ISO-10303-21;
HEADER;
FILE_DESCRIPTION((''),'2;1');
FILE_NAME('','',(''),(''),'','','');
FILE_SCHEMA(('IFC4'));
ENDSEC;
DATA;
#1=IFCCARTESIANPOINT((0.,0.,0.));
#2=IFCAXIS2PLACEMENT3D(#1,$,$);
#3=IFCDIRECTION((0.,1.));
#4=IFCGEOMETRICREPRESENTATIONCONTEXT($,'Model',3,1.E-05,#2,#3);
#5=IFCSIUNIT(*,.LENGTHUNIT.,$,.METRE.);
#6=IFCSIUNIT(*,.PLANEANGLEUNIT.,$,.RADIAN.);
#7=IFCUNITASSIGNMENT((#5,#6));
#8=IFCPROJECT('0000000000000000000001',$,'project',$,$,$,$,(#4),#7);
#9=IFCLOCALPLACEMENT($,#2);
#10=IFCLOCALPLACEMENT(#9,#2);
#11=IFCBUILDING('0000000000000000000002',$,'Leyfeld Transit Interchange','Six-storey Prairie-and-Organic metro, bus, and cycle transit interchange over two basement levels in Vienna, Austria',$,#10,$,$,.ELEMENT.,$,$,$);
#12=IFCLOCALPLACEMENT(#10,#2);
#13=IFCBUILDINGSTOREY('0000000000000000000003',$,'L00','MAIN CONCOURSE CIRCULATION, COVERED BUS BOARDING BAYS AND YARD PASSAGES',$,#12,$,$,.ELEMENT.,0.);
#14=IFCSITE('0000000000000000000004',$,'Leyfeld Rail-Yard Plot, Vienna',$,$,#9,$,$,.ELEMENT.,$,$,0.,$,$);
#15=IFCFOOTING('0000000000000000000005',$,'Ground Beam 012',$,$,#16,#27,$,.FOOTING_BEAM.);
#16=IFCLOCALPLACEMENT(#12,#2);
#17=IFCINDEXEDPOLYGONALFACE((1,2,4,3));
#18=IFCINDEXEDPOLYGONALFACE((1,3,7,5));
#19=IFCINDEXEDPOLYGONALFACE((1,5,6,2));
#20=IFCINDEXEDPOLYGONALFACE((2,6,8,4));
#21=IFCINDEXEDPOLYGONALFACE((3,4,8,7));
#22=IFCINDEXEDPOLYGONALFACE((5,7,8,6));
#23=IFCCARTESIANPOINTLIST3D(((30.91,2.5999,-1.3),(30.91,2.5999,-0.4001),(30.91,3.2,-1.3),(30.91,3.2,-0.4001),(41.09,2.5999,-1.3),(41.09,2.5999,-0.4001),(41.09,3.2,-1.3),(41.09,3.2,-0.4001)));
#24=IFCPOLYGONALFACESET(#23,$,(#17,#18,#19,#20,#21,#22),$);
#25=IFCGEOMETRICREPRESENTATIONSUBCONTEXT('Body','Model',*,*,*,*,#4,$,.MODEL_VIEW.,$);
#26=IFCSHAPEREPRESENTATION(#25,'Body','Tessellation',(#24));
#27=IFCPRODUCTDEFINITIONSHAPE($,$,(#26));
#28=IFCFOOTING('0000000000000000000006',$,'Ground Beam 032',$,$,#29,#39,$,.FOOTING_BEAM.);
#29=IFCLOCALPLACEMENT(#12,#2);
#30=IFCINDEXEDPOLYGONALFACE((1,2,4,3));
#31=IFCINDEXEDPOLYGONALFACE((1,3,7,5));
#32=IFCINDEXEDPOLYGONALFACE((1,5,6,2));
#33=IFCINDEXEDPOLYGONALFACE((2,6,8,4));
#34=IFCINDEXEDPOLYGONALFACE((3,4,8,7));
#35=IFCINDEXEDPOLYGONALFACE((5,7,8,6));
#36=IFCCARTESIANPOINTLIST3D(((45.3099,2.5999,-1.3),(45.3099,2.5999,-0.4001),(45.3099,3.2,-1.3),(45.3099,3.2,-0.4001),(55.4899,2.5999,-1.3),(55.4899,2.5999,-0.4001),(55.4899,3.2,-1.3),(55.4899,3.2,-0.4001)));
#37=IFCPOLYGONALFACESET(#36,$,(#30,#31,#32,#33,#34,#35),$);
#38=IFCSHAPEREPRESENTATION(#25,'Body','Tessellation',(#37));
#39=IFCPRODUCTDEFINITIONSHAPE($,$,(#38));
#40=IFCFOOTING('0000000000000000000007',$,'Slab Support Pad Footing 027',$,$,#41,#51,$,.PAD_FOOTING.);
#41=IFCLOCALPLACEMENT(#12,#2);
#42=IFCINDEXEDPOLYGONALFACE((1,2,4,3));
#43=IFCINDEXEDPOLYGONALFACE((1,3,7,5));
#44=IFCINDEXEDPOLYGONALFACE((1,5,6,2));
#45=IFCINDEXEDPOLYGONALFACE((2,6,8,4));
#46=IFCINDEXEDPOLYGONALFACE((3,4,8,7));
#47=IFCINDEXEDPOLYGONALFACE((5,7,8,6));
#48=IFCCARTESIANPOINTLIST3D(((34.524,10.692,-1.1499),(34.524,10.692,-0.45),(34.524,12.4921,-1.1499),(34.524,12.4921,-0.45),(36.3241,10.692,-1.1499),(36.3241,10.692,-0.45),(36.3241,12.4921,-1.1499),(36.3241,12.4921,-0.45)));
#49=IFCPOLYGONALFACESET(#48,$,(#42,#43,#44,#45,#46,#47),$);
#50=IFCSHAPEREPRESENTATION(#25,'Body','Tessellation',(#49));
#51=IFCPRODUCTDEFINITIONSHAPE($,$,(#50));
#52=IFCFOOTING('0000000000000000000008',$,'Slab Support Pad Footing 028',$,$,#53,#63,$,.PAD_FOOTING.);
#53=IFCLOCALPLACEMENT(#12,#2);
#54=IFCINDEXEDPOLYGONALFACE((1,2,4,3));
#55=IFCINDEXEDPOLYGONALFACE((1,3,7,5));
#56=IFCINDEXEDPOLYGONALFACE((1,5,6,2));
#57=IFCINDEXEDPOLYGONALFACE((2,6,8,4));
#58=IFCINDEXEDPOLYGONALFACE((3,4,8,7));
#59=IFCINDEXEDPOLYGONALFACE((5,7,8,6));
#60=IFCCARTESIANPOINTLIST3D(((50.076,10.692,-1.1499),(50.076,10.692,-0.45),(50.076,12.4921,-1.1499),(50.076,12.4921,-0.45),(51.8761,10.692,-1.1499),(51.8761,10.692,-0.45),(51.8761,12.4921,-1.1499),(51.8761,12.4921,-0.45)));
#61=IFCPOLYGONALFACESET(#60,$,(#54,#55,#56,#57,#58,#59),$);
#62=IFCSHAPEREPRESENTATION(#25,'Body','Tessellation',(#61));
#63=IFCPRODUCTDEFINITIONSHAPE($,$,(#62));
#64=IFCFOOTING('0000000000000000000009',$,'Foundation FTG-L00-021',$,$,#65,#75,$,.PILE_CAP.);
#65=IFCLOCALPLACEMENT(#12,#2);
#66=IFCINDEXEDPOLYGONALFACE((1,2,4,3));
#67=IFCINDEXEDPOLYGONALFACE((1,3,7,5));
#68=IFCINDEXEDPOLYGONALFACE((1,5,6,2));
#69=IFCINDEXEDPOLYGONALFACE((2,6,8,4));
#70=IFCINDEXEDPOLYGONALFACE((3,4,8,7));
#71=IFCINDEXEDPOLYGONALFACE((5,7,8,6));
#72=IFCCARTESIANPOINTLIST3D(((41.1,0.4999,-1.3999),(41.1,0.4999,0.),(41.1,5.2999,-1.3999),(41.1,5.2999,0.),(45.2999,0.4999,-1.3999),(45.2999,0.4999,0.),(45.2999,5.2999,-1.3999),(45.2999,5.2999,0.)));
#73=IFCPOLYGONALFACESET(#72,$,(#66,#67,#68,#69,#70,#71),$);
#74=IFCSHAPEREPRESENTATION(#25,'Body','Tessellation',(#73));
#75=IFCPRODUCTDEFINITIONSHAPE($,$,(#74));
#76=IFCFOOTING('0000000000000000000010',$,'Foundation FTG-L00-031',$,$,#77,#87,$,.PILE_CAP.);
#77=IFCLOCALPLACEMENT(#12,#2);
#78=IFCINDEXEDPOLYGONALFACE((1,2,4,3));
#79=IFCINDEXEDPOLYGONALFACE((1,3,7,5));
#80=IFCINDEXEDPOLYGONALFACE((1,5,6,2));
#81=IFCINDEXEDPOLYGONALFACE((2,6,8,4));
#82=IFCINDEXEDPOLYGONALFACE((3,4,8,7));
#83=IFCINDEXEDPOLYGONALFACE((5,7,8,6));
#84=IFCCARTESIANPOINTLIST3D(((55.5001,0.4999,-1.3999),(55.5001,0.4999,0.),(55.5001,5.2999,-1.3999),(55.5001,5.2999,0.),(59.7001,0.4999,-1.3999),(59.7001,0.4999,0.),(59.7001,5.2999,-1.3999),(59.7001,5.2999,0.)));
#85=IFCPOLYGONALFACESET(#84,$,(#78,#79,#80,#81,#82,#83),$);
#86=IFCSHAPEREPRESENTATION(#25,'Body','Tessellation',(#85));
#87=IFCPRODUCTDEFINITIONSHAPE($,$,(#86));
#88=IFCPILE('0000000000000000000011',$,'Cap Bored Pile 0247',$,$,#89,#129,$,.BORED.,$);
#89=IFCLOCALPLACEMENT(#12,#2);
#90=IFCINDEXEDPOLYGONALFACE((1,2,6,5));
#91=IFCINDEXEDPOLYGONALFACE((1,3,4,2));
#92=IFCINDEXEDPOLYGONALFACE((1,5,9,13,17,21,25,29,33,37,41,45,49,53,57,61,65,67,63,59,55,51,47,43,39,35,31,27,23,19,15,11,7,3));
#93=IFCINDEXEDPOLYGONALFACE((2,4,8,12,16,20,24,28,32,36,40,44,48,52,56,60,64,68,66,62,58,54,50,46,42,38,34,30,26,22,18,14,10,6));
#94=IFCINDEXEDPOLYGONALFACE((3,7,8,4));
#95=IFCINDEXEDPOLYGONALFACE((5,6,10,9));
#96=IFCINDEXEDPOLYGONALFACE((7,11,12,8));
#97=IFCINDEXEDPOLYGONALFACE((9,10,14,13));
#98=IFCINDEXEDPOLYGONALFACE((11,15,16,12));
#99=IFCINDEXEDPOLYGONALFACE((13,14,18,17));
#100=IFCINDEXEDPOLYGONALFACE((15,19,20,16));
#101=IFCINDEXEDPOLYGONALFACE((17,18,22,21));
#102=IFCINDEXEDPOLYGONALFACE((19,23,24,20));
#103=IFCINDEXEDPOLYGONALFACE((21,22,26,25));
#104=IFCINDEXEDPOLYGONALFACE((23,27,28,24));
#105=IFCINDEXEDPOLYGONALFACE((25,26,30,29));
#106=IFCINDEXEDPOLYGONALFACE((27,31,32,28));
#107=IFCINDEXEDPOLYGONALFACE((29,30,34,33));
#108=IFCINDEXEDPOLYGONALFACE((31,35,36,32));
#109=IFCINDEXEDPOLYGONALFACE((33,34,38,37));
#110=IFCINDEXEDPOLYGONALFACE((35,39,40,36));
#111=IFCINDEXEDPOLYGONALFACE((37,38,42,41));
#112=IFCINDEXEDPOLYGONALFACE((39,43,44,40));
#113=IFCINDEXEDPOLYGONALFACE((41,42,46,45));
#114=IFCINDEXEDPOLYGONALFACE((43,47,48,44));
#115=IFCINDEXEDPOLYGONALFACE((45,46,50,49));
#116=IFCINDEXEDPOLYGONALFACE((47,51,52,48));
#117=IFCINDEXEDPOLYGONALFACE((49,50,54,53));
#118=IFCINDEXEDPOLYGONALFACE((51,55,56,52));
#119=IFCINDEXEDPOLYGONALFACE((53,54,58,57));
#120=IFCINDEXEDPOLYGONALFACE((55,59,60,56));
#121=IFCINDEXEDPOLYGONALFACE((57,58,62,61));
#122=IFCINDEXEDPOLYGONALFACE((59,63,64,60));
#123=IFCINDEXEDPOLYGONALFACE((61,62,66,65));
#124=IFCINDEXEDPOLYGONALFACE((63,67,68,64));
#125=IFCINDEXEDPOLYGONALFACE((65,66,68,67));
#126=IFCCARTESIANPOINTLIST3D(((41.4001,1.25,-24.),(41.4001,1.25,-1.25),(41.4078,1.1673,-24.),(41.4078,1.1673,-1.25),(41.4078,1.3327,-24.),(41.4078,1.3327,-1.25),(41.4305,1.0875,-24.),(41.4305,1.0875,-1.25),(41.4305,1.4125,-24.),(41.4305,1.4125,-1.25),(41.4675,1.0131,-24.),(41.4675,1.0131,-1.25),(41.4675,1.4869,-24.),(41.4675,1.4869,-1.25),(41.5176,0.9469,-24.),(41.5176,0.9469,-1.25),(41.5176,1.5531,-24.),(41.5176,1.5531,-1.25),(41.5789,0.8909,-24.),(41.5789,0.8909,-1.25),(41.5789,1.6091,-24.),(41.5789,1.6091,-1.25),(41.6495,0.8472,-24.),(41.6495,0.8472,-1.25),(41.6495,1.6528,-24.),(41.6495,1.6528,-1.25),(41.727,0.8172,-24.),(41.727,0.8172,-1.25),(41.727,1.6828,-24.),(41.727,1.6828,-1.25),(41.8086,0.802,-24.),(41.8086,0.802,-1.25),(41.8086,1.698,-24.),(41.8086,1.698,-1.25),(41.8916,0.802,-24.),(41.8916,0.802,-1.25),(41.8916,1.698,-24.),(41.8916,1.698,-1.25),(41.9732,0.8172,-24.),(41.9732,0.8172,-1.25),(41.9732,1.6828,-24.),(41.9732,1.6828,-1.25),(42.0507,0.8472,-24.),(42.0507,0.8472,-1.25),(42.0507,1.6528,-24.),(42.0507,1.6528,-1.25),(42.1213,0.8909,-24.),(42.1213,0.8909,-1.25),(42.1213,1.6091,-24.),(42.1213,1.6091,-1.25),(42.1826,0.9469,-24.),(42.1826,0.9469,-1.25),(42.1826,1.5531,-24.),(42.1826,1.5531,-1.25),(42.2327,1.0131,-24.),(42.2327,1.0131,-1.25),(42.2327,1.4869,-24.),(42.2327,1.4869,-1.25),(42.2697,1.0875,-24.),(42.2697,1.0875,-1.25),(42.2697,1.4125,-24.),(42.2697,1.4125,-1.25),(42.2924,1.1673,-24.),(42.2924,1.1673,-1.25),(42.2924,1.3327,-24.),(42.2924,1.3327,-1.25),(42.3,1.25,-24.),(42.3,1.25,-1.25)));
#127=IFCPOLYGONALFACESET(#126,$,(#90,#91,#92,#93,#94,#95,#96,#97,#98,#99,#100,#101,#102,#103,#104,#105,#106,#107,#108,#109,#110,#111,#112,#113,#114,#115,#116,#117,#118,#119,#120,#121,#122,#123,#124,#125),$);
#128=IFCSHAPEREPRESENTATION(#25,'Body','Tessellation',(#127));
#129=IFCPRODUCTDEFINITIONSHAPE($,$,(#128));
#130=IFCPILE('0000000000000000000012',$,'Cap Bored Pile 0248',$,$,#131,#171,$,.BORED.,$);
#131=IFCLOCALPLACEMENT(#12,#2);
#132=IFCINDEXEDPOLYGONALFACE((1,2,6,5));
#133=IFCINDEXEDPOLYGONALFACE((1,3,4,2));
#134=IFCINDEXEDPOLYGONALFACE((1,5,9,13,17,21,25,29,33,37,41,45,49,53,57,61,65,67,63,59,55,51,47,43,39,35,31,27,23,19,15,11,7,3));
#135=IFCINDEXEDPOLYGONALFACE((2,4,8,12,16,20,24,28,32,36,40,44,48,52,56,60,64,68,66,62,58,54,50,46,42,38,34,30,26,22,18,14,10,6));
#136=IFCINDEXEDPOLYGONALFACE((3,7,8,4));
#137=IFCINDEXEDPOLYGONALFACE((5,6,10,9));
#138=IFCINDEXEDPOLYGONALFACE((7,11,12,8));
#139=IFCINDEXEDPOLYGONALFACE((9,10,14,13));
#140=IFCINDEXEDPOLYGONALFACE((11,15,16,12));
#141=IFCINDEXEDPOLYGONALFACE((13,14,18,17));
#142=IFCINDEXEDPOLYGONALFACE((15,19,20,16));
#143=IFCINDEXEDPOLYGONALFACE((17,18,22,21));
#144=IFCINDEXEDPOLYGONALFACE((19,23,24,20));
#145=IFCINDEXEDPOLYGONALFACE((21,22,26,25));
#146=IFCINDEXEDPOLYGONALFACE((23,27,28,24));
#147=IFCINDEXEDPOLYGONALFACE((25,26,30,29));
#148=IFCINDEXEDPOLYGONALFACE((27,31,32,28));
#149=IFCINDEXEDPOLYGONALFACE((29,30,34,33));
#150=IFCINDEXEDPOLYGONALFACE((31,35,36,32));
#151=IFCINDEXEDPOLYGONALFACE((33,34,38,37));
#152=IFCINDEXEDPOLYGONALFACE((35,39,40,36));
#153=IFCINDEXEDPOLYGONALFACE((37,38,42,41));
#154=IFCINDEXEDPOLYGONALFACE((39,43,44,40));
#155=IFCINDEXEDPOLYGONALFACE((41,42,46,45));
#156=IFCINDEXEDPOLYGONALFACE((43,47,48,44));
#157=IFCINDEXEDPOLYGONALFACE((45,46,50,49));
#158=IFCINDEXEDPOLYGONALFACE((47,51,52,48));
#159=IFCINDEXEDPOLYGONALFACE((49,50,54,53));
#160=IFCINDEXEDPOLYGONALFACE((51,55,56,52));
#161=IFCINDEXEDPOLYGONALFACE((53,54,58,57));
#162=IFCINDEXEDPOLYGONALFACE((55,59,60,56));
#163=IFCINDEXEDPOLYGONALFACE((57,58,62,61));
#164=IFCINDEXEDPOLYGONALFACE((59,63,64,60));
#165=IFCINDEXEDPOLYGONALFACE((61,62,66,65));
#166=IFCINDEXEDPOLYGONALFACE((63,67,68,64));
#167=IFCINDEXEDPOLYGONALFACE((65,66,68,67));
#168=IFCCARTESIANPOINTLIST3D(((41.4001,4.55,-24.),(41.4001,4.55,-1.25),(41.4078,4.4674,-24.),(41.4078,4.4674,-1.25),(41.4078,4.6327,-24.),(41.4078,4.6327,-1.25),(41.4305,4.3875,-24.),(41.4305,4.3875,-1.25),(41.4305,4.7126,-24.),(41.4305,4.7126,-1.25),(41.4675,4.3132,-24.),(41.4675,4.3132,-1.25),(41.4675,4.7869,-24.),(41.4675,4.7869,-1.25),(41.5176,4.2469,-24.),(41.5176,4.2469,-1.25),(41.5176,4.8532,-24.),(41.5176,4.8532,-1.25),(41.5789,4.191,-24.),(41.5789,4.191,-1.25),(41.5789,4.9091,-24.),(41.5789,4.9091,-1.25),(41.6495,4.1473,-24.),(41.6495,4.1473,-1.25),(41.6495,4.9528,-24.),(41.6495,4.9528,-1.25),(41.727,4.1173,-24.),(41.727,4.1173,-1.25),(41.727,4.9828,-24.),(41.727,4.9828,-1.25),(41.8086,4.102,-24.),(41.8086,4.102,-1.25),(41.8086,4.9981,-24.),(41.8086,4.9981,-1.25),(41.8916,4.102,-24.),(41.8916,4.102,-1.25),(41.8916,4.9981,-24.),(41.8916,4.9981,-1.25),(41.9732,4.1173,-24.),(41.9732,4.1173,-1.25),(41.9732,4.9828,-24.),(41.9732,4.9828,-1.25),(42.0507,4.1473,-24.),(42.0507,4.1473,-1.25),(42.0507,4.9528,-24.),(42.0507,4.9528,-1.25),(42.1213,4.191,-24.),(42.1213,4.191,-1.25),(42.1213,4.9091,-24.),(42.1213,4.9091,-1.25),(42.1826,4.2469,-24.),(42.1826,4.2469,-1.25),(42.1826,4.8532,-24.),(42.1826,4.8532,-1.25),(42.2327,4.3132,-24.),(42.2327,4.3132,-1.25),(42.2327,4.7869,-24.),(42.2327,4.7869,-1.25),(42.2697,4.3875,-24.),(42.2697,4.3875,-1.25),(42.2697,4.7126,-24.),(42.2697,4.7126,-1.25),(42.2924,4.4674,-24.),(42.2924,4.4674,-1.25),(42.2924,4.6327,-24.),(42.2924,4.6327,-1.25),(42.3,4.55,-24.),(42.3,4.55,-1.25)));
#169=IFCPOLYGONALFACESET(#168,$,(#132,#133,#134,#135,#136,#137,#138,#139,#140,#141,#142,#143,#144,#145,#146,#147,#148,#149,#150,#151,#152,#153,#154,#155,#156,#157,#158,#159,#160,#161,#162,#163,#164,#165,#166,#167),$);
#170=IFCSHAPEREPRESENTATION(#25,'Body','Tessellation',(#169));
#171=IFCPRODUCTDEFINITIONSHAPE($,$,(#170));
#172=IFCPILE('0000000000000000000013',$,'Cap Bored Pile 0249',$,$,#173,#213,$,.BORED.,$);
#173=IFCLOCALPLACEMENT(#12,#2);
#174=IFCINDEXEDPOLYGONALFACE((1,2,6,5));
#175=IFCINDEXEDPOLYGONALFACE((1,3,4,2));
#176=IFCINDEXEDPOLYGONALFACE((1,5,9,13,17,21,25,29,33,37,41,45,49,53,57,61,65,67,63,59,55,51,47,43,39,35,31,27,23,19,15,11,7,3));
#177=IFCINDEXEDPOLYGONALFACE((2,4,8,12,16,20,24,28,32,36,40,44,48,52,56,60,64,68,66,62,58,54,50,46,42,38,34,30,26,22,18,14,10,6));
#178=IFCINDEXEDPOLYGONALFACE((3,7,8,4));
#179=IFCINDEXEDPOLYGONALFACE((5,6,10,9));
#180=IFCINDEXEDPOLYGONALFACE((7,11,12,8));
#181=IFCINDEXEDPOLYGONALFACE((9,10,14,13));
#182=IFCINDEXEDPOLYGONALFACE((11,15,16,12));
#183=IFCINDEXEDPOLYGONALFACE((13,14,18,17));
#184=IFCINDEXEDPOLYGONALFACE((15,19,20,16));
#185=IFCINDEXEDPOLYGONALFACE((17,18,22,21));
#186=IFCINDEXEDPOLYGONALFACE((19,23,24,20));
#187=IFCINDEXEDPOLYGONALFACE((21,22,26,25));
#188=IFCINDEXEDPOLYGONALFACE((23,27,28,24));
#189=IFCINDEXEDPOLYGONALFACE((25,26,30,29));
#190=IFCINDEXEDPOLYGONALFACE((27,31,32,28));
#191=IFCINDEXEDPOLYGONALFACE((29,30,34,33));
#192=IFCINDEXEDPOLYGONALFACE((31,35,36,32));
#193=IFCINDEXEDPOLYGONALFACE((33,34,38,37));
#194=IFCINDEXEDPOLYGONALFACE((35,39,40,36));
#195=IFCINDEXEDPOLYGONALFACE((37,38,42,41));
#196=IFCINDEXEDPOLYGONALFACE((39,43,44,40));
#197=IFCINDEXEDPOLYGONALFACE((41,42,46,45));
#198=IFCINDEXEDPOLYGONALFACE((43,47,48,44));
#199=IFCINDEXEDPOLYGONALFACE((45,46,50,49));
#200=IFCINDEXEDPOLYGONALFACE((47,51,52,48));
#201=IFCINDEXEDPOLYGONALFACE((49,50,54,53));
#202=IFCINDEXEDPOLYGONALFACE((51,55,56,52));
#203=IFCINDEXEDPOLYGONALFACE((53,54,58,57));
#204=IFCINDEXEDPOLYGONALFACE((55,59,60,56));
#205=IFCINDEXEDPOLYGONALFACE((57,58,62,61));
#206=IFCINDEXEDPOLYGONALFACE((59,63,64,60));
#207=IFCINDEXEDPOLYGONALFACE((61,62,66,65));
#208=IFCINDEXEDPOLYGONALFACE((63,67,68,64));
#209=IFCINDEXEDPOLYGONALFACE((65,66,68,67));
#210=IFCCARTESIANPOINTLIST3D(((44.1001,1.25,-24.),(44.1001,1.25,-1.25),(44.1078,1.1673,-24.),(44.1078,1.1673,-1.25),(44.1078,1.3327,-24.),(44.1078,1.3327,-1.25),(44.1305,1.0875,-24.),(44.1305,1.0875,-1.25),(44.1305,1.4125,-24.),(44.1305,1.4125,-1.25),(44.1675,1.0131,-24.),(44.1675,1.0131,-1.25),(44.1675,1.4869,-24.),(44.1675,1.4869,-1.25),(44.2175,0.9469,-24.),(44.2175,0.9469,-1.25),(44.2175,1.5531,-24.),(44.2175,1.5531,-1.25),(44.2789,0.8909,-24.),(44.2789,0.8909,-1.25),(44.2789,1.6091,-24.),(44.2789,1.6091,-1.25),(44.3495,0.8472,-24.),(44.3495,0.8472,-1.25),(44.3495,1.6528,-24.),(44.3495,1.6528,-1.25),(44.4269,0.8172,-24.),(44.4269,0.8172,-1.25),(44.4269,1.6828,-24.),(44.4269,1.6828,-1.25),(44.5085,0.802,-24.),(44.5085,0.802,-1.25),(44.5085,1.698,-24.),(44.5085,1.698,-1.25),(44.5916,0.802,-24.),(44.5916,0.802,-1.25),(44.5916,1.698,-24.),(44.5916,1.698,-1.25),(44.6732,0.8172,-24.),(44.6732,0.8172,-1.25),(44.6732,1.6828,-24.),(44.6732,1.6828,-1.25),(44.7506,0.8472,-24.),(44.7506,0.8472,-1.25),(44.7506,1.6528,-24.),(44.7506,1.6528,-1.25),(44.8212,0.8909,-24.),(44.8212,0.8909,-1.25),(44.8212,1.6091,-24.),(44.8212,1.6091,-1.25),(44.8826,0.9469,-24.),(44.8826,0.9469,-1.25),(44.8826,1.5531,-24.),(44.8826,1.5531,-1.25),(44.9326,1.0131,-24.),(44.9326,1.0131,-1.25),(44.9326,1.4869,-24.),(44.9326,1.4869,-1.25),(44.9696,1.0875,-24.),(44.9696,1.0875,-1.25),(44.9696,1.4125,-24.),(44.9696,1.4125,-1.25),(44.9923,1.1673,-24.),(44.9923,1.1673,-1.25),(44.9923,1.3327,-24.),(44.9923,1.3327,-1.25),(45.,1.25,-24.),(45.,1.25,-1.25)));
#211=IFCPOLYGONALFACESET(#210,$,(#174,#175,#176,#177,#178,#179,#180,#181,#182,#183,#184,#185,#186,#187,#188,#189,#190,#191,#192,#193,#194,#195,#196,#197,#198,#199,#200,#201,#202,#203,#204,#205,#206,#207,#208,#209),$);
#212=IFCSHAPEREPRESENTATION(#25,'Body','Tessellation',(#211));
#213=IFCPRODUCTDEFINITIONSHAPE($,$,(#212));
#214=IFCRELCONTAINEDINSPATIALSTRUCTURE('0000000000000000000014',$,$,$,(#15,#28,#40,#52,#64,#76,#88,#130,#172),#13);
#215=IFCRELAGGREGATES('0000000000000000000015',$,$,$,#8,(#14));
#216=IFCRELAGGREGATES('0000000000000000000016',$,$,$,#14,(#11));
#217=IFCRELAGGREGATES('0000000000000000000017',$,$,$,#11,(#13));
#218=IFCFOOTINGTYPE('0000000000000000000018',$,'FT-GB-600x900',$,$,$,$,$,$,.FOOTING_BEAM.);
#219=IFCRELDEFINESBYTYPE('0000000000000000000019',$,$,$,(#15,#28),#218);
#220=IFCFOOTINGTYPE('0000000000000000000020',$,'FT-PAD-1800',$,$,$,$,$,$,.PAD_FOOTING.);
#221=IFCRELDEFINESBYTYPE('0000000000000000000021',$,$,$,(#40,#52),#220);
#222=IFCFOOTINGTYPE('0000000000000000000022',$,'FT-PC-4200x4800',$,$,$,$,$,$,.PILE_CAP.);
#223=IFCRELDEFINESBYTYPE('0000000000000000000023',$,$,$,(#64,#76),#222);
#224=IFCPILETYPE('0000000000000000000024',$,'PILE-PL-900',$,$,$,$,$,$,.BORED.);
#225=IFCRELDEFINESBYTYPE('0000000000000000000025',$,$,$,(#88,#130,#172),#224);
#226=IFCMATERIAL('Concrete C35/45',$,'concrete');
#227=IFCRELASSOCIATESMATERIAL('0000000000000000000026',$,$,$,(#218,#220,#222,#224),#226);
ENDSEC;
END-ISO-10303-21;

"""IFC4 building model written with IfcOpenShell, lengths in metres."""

from ifc_helpers import new_model, si_unit, direction, frame, origin, origin_2d, place, context, subcontext, project, spatial, rectangle, circle, extrude, material, material_profile, profile_set, type_object, element, save


model = new_model("IFC4")

# Units and contexts
model_context = context("Model", 3, precision=1e-05, world=origin(), true_north=direction((0.0, 1.0)))
body_context = subcontext(model_context, "Body", "Model", "MODEL_VIEW")
ifc_project = project(units=[si_unit("LENGTHUNIT", "METRE"), si_unit("PLANEANGLEUNIT", "RADIAN")], contexts=[model_context])

# Site, building, storey
site_placement = place(None, origin())
site = spatial("IfcSite", under=ifc_project, at=site_placement, Name="Leyfeld Rail-Yard Plot, Vienna", CompositionType="ELEMENT", RefElevation=0.0)
building_placement = place(site_placement, origin())
building = spatial("IfcBuilding", under=site, at=building_placement, Name="Leyfeld Transit Interchange", Description="Six-storey Prairie-and-Organic metro, bus, and cycle transit interchange over two basement levels in Vienna, Austria", CompositionType="ELEMENT")
storey_placement = place(building_placement, origin())
storey = spatial("IfcBuildingStorey", under=building, at=storey_placement, Name="L00", Description="MAIN CONCOURSE CIRCULATION, COVERED BUS BOARDING BAYS AND YARD PASSAGES", CompositionType="ELEMENT", Elevation=0.0)

# Footings
ifc_material_1 = material(Name="Concrete C35/45", Category="concrete")
footing_type_1 = type_object("IfcFootingType", Name="FT-GB-600x900", PredefinedType="FOOTING_BEAM", material=ifc_material_1)
for number, where, z_axis, x_axis, name in (
    (1, (36.0, 2.8999, -1.3), (0.0, 0.0, 1.0), (1.0, 0.0, 0.0), "Ground Beam 012"),
    (2, (50.3999, 2.8999, -1.3), (0.0, 0.0, 1.0), (1.0, 0.0, 0.0), "Ground Beam 032"),
):
    element("IfcFooting", number, at=place(storey_placement, frame(where, z_axis=z_axis, x_axis=x_axis)), inside=storey, type_object=footing_type_1, Name=name, PredefinedType="FOOTING_BEAM", context=body_context, shape_type="SweptSolid", body=[
        extrude(rectangle(XDim=10.1799, YDim=0.6001, at=origin_2d()), origin(), (0.0, 0.0, 1.0), 0.8999),
    ])
footing_type_2 = type_object("IfcFootingType", Name="FT-PAD-1800", PredefinedType="PAD_FOOTING", material=ifc_material_1)
for number, where, z_axis, x_axis, name in (
    (3, (35.4241, 11.592, -1.1499), (0.0, 0.0, 1.0), (1.0, 0.0, 0.0), "Slab Support Pad Footing 027"),
    (4, (50.9761, 11.592, -1.1499), (0.0, 0.0, 1.0), (1.0, 0.0, 0.0), "Slab Support Pad Footing 028"),
):
    element("IfcFooting", number, at=place(storey_placement, frame(where, z_axis=z_axis, x_axis=x_axis)), inside=storey, type_object=footing_type_2, Name=name, PredefinedType="PAD_FOOTING", context=body_context, shape_type="SweptSolid", body=[
        extrude(rectangle(XDim=1.8, YDim=1.8, at=origin_2d()), origin(), (0.0, 0.0, 1.0), 0.7),
    ])
footing_type_3 = type_object("IfcFootingType", Name="FT-PC-4200x4800", PredefinedType="PILE_CAP", material=ifc_material_1)
for number, where, z_axis, x_axis, name in (
    (5, (43.2, 2.8999, -1.3999), (0.0, 0.0, 1.0), (1.0, 0.0, 0.0), "Foundation FTG-L00-021"),
    (6, (57.6001, 2.8999, -1.3999), (0.0, 0.0, 1.0), (1.0, 0.0, 0.0), "Foundation FTG-L00-031"),
):
    element("IfcFooting", number, at=place(storey_placement, frame(where, z_axis=z_axis, x_axis=x_axis)), inside=storey, type_object=footing_type_3, Name=name, PredefinedType="PILE_CAP", context=body_context, shape_type="SweptSolid", body=[
        extrude(rectangle(XDim=4.2, YDim=4.8, at=origin_2d()), origin(), (0.0, 0.0, 1.0), 1.3999),
    ])

# Piles
ifc_material_profile_1 = material_profile(ifc_material_1, circle(Radius=0.45, at=origin_2d()), Name="PILE D900")
ifc_profile_set_1 = profile_set([ifc_material_profile_1], Name="Concrete C35/45")
pile_type = type_object("IfcPileType", Name="PILE-PL-900", PredefinedType="BORED", material=ifc_profile_set_1)
for number, where, z_axis, x_axis, name in (
    (7, (41.8501, 1.25, -1.25), (0.0, 0.0, -1.0), (1.0, 0.0, 0.0), "Cap Bored Pile 0247"),
    (8, (41.8501, 4.55, -1.25), (0.0, 0.0, -1.0), (1.0, 0.0, 0.0), "Cap Bored Pile 0248"),
    (9, (44.55, 1.25, -1.25), (0.0, 0.0, -1.0), (1.0, 0.0, 0.0), "Cap Bored Pile 0249"),
):
    element("IfcPile", number, at=place(storey_placement, frame(where, z_axis=z_axis, x_axis=x_axis)), inside=storey, type_object=pile_type, Name=name, PredefinedType="BORED", context=body_context, shape_type="SweptSolid", body=[
        extrude(circle(Radius=0.45, at=origin_2d()), origin(), (0.0, 0.0, 1.0), 22.75),
    ])

save(model, "model.ifc")
